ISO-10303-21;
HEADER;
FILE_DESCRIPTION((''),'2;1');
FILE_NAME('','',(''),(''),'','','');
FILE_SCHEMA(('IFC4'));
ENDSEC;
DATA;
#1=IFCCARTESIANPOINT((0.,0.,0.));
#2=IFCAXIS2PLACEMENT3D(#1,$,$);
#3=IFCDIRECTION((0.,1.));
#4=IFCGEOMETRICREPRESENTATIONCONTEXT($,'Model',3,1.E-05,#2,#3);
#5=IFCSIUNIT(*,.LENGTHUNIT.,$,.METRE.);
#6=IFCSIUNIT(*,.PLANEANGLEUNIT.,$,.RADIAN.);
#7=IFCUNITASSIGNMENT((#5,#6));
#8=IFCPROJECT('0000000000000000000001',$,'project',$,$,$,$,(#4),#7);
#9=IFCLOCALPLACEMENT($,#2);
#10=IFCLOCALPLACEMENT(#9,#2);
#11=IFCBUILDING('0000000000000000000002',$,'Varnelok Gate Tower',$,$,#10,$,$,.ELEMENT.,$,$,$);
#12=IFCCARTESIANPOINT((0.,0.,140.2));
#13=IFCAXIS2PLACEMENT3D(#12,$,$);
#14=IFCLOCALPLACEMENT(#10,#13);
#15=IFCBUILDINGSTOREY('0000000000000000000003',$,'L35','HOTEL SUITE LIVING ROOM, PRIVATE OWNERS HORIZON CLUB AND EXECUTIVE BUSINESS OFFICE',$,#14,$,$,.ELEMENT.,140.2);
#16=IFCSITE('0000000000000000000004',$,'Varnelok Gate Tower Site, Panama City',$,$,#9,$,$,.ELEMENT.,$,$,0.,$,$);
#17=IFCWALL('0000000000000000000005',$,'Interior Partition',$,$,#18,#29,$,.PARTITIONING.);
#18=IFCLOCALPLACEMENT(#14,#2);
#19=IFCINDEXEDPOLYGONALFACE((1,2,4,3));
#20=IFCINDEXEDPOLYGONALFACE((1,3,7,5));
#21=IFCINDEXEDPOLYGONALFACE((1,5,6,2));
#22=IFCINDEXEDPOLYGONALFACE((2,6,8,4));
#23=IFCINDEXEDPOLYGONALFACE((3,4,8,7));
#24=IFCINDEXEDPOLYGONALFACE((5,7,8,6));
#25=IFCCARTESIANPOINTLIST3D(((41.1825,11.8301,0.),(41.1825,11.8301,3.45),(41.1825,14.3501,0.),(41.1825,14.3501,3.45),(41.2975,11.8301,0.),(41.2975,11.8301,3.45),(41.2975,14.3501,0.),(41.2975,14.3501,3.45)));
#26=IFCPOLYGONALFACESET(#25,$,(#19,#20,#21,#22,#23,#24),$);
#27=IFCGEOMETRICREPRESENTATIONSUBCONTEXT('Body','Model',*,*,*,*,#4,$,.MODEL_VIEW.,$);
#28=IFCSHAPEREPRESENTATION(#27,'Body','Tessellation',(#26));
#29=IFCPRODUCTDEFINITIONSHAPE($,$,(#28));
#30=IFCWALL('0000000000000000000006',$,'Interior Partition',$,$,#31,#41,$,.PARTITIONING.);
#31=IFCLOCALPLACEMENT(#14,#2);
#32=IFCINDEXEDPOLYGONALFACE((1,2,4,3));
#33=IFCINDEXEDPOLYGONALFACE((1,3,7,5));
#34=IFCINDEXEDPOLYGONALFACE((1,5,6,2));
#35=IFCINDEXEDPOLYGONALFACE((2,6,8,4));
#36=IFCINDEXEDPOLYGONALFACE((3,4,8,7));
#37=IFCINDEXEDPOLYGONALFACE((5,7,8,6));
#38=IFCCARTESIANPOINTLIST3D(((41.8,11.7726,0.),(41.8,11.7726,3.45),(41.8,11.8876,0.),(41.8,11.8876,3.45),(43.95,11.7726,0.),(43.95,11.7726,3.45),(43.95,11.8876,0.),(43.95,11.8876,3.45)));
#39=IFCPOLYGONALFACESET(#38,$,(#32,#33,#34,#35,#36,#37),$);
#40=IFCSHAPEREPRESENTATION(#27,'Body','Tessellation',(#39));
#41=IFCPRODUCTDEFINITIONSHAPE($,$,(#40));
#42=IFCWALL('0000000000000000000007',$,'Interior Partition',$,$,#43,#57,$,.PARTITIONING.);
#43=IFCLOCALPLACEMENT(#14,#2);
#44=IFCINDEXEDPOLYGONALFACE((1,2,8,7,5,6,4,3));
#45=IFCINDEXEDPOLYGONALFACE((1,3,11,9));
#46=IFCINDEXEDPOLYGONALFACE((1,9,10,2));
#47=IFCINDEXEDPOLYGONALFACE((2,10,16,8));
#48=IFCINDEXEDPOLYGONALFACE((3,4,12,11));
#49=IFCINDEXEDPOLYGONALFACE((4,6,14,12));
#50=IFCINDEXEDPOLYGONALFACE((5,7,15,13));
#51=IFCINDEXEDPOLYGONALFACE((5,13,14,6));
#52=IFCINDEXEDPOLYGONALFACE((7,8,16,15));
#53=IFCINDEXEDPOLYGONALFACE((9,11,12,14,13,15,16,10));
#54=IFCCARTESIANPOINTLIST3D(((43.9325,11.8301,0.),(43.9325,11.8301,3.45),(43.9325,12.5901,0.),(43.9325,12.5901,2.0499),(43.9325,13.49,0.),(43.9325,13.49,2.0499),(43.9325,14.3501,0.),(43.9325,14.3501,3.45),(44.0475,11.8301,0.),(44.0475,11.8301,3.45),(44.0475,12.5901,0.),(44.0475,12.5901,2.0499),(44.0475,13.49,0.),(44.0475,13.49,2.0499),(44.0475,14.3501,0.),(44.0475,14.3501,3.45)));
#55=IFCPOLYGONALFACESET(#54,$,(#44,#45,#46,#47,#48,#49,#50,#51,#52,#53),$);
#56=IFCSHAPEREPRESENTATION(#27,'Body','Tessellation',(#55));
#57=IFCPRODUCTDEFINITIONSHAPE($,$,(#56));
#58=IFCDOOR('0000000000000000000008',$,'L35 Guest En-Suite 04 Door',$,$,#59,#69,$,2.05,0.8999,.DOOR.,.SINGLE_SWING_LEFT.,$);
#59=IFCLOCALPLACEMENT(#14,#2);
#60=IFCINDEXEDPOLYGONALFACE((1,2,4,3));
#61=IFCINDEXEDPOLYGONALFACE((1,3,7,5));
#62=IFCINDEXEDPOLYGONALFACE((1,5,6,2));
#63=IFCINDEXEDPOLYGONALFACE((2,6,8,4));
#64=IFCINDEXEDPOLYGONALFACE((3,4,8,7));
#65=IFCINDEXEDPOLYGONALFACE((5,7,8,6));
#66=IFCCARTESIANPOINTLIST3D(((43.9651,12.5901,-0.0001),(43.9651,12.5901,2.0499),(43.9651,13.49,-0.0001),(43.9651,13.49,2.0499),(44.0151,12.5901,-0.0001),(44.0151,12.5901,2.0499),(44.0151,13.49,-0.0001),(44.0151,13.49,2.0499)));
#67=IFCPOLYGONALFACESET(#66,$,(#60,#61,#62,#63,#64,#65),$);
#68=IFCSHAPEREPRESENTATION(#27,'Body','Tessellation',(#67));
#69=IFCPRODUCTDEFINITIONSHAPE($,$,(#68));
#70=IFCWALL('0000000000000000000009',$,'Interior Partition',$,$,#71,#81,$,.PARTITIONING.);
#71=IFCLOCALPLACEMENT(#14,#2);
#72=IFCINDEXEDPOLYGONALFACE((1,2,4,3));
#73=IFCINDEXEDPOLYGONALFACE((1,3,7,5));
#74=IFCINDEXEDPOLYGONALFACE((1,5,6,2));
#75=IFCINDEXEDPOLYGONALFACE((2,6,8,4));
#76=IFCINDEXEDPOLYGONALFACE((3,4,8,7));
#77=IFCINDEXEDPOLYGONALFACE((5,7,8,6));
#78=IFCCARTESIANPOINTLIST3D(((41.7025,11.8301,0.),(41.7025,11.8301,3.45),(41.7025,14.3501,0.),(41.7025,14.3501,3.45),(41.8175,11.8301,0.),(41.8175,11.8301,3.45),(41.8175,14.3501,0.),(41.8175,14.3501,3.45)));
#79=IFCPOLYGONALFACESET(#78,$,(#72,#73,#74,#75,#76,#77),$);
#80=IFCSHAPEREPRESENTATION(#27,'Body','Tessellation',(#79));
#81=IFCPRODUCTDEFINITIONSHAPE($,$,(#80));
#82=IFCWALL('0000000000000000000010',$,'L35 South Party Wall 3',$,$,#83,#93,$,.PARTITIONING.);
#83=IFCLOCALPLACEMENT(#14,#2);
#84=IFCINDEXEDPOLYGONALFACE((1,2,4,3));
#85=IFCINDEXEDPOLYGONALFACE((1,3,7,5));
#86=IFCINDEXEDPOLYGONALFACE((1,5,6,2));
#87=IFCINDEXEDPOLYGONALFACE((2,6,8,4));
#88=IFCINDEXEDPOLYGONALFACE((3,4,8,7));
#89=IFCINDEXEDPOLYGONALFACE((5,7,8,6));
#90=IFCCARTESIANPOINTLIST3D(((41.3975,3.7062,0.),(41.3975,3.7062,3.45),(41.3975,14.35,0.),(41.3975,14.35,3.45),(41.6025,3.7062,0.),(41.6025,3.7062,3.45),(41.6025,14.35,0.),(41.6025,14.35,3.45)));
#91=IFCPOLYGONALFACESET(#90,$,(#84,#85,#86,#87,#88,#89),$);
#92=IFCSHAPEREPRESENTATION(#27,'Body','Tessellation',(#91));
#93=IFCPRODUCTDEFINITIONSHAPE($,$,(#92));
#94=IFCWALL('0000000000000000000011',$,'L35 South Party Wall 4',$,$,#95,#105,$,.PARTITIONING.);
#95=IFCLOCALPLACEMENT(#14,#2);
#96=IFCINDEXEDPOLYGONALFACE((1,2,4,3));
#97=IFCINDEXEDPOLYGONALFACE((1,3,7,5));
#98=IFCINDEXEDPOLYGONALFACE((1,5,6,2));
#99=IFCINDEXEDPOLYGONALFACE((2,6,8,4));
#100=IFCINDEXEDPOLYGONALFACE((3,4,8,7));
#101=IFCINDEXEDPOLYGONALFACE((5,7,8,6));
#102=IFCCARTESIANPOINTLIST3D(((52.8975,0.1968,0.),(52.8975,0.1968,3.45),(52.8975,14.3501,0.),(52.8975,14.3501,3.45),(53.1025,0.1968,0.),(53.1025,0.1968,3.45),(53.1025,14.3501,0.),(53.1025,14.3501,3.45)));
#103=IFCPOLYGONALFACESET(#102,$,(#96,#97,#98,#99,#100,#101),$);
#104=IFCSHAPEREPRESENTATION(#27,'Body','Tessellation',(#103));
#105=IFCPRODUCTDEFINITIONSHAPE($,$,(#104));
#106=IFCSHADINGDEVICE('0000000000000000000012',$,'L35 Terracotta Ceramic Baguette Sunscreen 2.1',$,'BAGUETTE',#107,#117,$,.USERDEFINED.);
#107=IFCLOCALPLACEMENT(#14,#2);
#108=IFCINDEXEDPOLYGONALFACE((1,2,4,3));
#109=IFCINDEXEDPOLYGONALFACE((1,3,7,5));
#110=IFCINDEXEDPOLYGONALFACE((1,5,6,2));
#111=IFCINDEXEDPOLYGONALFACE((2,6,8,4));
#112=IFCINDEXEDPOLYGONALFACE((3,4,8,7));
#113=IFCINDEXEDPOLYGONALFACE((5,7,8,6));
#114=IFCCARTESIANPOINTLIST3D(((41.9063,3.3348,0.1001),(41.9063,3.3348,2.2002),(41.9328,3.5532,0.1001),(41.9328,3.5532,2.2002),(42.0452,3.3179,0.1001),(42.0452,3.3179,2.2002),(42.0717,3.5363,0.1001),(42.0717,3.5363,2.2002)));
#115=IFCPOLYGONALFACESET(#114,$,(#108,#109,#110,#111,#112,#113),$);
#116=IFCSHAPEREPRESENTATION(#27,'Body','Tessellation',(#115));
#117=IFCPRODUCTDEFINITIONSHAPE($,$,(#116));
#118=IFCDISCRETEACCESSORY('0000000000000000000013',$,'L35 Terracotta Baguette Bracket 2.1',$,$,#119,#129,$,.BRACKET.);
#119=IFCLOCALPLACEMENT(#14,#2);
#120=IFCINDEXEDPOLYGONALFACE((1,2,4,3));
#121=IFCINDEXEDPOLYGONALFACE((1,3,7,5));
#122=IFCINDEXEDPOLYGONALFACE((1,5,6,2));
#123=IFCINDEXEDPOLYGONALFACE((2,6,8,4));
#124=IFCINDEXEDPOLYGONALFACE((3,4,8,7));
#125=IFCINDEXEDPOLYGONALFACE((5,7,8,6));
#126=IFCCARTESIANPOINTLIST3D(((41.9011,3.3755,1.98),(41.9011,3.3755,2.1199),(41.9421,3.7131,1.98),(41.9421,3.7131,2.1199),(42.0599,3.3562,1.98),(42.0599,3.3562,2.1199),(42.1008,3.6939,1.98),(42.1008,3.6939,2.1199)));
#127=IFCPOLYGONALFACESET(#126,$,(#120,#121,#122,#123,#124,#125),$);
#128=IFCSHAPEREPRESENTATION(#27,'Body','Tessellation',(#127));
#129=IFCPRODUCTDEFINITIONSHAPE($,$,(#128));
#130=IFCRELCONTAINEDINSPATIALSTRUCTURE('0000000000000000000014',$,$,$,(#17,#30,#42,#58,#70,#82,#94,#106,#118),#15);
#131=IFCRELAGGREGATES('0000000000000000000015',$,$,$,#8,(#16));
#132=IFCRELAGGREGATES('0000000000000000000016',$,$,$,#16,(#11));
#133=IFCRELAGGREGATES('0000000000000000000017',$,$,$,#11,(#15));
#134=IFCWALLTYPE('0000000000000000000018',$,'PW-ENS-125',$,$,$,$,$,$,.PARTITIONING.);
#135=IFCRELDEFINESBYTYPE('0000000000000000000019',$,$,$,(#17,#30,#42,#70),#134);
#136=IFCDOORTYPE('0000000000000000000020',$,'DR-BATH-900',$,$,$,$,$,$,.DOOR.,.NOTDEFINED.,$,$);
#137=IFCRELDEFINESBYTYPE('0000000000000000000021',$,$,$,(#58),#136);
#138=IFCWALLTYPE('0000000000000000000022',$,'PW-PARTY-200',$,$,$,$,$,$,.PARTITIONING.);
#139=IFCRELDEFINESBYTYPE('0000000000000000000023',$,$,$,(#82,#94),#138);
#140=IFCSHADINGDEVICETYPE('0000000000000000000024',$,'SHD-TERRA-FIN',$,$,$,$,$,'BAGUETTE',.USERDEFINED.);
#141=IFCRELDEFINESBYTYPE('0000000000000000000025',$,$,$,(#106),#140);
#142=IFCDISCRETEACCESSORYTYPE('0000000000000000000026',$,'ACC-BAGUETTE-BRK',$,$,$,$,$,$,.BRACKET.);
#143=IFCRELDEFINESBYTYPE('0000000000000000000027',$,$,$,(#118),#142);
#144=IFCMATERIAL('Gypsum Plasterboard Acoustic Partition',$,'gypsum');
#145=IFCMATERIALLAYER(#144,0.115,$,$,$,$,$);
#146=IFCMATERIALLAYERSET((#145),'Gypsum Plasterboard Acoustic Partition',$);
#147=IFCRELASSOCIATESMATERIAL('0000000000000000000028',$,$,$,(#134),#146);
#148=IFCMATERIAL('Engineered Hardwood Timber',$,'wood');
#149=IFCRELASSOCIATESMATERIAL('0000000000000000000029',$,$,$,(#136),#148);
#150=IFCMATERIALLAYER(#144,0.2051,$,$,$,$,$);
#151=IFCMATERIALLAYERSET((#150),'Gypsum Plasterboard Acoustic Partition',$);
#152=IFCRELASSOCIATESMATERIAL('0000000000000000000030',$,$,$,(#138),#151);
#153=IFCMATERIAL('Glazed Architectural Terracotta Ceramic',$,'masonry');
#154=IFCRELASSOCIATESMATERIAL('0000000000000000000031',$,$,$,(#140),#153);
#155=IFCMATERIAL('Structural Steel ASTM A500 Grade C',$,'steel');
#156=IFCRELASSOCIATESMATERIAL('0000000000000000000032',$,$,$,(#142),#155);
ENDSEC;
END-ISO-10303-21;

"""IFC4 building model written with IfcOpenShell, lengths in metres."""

from ifc_helpers import new_model, si_unit, direction, frame, frame_2d, origin, origin_2d, place, context, subcontext, project, spatial, rectangle, extrude, source, transform, mapped, material, layer, layer_set, type_object, element, fill, save


model = new_model("IFC4")

# Units and contexts
model_context = context("Model", 3, precision=1e-05, world=origin(), true_north=direction((0.0, 1.0)))
body_context = subcontext(model_context, "Body", "Model", "MODEL_VIEW")
ifc_project = project(units=[si_unit("LENGTHUNIT", "METRE"), si_unit("PLANEANGLEUNIT", "RADIAN")], contexts=[model_context])

# Site, building, storey
site_placement = place(None, origin())
site = spatial("IfcSite", under=ifc_project, at=site_placement, Name="Varnelok Gate Tower Site, Panama City", CompositionType="ELEMENT", RefElevation=0.0)
building_placement = place(site_placement, origin())
building = spatial("IfcBuilding", under=site, at=building_placement, Name="Varnelok Gate Tower", CompositionType="ELEMENT")
storey_placement = place(building_placement, frame((0.0, 0.0, 140.2)))
storey = spatial("IfcBuildingStorey", under=building, at=storey_placement, Name="L35", Description="HOTEL SUITE LIVING ROOM, PRIVATE OWNERS HORIZON CLUB AND EXECUTIVE BUSINESS OFFICE", CompositionType="ELEMENT", Elevation=140.2)

# Shared definitions
ifc_material_1 = material(Name="Gypsum Plasterboard Acoustic Partition", Category="gypsum")
ifc_material_2 = material(Name="Engineered Hardwood Timber", Category="wood")

# Shared definitions
ifc_layer_1 = layer(ifc_material_1, 0.115)
ifc_layer_set_1 = layer_set([ifc_layer_1], Name="Gypsum Plasterboard Acoustic Partition")
wall_type_1 = type_object("IfcWallType", Name="PW-ENS-125", PredefinedType="PARTITIONING", material=ifc_layer_set_1)

# Shared definitions
door_type_1 = type_object("IfcDoorType", Name="DR-BATH-900", OperationType="NOTDEFINED", PredefinedType="DOOR", material=ifc_material_2)

# Walls
wall_1_placement = place(storey_placement, frame((41.24, 11.8301, 0.0), z_axis=(0.0, 0.0, 1.0), x_axis=(0.0, 1.0, 0.0)))
element("IfcWall", 1, at=wall_1_placement, inside=storey, type_object=wall_type_1, Name="Interior Partition", PredefinedType="PARTITIONING", context=body_context, shape_type="SweptSolid", body=[
    extrude(rectangle(XDim=2.52, YDim=0.115, at=frame_2d((1.26, 0.0))), origin(), (0.0, 0.0, 1.0), 3.45),
])
wall_2_placement = place(storey_placement, frame((41.8, 11.8301, 0.0), z_axis=(0.0, 0.0, 1.0), x_axis=(1.0, 0.0, 0.0)))
element("IfcWall", 2, at=wall_2_placement, inside=storey, type_object=wall_type_1, Name="Interior Partition", PredefinedType="PARTITIONING", context=body_context, shape_type="SweptSolid", body=[
    extrude(rectangle(XDim=2.1499, YDim=0.115, at=frame_2d((1.075, 0.0))), origin(), (0.0, 0.0, 1.0), 3.45),
])

# Wall, opening, door
wall_3_placement = place(storey_placement, frame((43.99, 11.8301, 0.0), z_axis=(0.0, 0.0, 1.0), x_axis=(0.0, 1.0, 0.0)))
wall_3 = element("IfcWall", 3, at=wall_3_placement, inside=storey, type_object=wall_type_1, Name="Interior Partition", PredefinedType="PARTITIONING", context=body_context, shape_type="SweptSolid", body=[
    extrude(rectangle(XDim=2.52, YDim=0.115, at=frame_2d((1.26, 0.0))), origin(), (0.0, 0.0, 1.0), 3.45),
])
opening_1_placement = place(wall_3_placement, frame((0.76, 0.0, 0.0)))
opening_1 = element("IfcOpeningElement", 4, at=opening_1_placement, cuts=wall_3, PredefinedType="OPENING", context=body_context, shape_type="SweptSolid", body=[
    extrude(rectangle(XDim=0.8999, YDim=2.05, at=frame_2d((0.45, 1.0249))), frame((0.0, 0.0674, 0.0), z_axis=(0.0, -1.0, 0.0), x_axis=(1.0, 0.0, 0.0)), (0.0, 0.0, 1.0), 0.135),
])
door_1_placement = place(opening_1_placement, origin())
door_1 = element("IfcDoor", 5, at=door_1_placement, inside=storey, type_object=door_type_1, Name="L35 Guest En-Suite 04 Door", OperationType="SINGLE_SWING_LEFT", OverallHeight=2.05, OverallWidth=0.8999, PredefinedType="DOOR", context=body_context, shape_type="SweptSolid", body=[
    extrude(rectangle(XDim=0.8999, YDim=2.05, at=frame_2d((0.45, 1.0249))), frame((0.0, 0.0249, 0.0), z_axis=(0.0, -1.0, 0.0), x_axis=(1.0, 0.0, 0.0)), (0.0, 0.0, 1.0), 0.05),
])
fill(opening_1, door_1)

# Walls
wall_4_placement = place(storey_placement, frame((41.76, 11.8301, 0.0), z_axis=(0.0, 0.0, 1.0), x_axis=(0.0, 1.0, 0.0)))
element("IfcWall", 6, at=wall_4_placement, inside=storey, type_object=wall_type_1, Name="Interior Partition", PredefinedType="PARTITIONING", context=body_context, shape_type="SweptSolid", body=[
    extrude(rectangle(XDim=2.52, YDim=0.115, at=frame_2d((1.26, 0.0))), origin(), (0.0, 0.0, 1.0), 3.45),
])
ifc_layer_2 = layer(ifc_material_1, 0.2051)
ifc_layer_set_2 = layer_set([ifc_layer_2], Name="Gypsum Plasterboard Acoustic Partition")
wall_type_2 = type_object("IfcWallType", Name="PW-PARTY-200", PredefinedType="PARTITIONING", material=ifc_layer_set_2)
wall_5_placement = place(storey_placement, frame((41.5, 3.7063, 0.0), z_axis=(0.0, 0.0, 1.0), x_axis=(0.0, 1.0, 0.0)))
element("IfcWall", 7, at=wall_5_placement, inside=storey, type_object=wall_type_2, Name="L35 South Party Wall 3", PredefinedType="PARTITIONING", context=body_context, shape_type="SweptSolid", body=[
    extrude(rectangle(XDim=10.6438, YDim=0.2051, at=frame_2d((5.3218, 0.0))), origin(), (0.0, 0.0, 1.0), 3.45),
])
wall_6_placement = place(storey_placement, frame((53.0, 0.1968, 0.0), z_axis=(0.0, 0.0, 1.0), x_axis=(0.0, 1.0, 0.0)))
element("IfcWall", 8, at=wall_6_placement, inside=storey, type_object=wall_type_2, Name="L35 South Party Wall 4", PredefinedType="PARTITIONING", context=body_context, shape_type="SweptSolid", body=[
    extrude(rectangle(XDim=14.1533, YDim=0.2051, at=frame_2d((7.0767, 0.0))), origin(), (0.0, 0.0, 1.0), 3.45),
])

# Shading device
ifc_material_3 = material(Name="Glazed Architectural Terracotta Ceramic", Category="masonry")
shading_device_type = type_object("IfcShadingDeviceType", Name="SHD-TERRA-FIN", ElementType="BAGUETTE", PredefinedType="USERDEFINED", material=ifc_material_3)
shared_shape_1 = source(origin(), body_context, "Body", "SweptSolid", [
    extrude(rectangle(XDim=0.1399, YDim=0.22, at=origin_2d()), origin(), (0.0, 0.0, 1.0), 2.1001),
])
shading_device_placement = place(storey_placement, frame((41.989, 3.4355, 0.1001), z_axis=(0.0, 0.0, 1.0), x_axis=(0.992732, -0.120345, 0.0)))
element("IfcShadingDevice", 9, at=shading_device_placement, inside=storey, type_object=shading_device_type, Name="L35 Terracotta Ceramic Baguette Sunscreen 2.1", ObjectType="BAGUETTE", PredefinedType="USERDEFINED", context=body_context, shape_type="MappedRepresentation", body=[
    mapped(shared_shape_1, transform((0.0, 0.0, 0.0), scale=1.0)),
])

# Discrete accessory
ifc_material_4 = material(Name="Structural Steel ASTM A500 Grade C", Category="steel")
discrete_accessory_type = type_object("IfcDiscreteAccessoryType", Name="ACC-BAGUETTE-BRK", PredefinedType="BRACKET", material=ifc_material_4)
shared_shape_2 = source(origin(), body_context, "Body", "SweptSolid", [
    extrude(rectangle(XDim=0.1599, YDim=0.3401, at=origin_2d()), origin(), (0.0, 0.0, 1.0), 0.1399),
])
discrete_accessory_placement = place(storey_placement, frame((42.001, 3.5347, 1.98), z_axis=(0.0, 0.0, 1.0), x_axis=(0.992732, -0.120345, 0.0)))
element("IfcDiscreteAccessory", 10, at=discrete_accessory_placement, inside=storey, type_object=discrete_accessory_type, Name="L35 Terracotta Baguette Bracket 2.1", PredefinedType="BRACKET", context=body_context, shape_type="MappedRepresentation", body=[
    mapped(shared_shape_2, transform((0.0, 0.0, 0.0), scale=1.0)),
])

save(model, "model.ifc")
